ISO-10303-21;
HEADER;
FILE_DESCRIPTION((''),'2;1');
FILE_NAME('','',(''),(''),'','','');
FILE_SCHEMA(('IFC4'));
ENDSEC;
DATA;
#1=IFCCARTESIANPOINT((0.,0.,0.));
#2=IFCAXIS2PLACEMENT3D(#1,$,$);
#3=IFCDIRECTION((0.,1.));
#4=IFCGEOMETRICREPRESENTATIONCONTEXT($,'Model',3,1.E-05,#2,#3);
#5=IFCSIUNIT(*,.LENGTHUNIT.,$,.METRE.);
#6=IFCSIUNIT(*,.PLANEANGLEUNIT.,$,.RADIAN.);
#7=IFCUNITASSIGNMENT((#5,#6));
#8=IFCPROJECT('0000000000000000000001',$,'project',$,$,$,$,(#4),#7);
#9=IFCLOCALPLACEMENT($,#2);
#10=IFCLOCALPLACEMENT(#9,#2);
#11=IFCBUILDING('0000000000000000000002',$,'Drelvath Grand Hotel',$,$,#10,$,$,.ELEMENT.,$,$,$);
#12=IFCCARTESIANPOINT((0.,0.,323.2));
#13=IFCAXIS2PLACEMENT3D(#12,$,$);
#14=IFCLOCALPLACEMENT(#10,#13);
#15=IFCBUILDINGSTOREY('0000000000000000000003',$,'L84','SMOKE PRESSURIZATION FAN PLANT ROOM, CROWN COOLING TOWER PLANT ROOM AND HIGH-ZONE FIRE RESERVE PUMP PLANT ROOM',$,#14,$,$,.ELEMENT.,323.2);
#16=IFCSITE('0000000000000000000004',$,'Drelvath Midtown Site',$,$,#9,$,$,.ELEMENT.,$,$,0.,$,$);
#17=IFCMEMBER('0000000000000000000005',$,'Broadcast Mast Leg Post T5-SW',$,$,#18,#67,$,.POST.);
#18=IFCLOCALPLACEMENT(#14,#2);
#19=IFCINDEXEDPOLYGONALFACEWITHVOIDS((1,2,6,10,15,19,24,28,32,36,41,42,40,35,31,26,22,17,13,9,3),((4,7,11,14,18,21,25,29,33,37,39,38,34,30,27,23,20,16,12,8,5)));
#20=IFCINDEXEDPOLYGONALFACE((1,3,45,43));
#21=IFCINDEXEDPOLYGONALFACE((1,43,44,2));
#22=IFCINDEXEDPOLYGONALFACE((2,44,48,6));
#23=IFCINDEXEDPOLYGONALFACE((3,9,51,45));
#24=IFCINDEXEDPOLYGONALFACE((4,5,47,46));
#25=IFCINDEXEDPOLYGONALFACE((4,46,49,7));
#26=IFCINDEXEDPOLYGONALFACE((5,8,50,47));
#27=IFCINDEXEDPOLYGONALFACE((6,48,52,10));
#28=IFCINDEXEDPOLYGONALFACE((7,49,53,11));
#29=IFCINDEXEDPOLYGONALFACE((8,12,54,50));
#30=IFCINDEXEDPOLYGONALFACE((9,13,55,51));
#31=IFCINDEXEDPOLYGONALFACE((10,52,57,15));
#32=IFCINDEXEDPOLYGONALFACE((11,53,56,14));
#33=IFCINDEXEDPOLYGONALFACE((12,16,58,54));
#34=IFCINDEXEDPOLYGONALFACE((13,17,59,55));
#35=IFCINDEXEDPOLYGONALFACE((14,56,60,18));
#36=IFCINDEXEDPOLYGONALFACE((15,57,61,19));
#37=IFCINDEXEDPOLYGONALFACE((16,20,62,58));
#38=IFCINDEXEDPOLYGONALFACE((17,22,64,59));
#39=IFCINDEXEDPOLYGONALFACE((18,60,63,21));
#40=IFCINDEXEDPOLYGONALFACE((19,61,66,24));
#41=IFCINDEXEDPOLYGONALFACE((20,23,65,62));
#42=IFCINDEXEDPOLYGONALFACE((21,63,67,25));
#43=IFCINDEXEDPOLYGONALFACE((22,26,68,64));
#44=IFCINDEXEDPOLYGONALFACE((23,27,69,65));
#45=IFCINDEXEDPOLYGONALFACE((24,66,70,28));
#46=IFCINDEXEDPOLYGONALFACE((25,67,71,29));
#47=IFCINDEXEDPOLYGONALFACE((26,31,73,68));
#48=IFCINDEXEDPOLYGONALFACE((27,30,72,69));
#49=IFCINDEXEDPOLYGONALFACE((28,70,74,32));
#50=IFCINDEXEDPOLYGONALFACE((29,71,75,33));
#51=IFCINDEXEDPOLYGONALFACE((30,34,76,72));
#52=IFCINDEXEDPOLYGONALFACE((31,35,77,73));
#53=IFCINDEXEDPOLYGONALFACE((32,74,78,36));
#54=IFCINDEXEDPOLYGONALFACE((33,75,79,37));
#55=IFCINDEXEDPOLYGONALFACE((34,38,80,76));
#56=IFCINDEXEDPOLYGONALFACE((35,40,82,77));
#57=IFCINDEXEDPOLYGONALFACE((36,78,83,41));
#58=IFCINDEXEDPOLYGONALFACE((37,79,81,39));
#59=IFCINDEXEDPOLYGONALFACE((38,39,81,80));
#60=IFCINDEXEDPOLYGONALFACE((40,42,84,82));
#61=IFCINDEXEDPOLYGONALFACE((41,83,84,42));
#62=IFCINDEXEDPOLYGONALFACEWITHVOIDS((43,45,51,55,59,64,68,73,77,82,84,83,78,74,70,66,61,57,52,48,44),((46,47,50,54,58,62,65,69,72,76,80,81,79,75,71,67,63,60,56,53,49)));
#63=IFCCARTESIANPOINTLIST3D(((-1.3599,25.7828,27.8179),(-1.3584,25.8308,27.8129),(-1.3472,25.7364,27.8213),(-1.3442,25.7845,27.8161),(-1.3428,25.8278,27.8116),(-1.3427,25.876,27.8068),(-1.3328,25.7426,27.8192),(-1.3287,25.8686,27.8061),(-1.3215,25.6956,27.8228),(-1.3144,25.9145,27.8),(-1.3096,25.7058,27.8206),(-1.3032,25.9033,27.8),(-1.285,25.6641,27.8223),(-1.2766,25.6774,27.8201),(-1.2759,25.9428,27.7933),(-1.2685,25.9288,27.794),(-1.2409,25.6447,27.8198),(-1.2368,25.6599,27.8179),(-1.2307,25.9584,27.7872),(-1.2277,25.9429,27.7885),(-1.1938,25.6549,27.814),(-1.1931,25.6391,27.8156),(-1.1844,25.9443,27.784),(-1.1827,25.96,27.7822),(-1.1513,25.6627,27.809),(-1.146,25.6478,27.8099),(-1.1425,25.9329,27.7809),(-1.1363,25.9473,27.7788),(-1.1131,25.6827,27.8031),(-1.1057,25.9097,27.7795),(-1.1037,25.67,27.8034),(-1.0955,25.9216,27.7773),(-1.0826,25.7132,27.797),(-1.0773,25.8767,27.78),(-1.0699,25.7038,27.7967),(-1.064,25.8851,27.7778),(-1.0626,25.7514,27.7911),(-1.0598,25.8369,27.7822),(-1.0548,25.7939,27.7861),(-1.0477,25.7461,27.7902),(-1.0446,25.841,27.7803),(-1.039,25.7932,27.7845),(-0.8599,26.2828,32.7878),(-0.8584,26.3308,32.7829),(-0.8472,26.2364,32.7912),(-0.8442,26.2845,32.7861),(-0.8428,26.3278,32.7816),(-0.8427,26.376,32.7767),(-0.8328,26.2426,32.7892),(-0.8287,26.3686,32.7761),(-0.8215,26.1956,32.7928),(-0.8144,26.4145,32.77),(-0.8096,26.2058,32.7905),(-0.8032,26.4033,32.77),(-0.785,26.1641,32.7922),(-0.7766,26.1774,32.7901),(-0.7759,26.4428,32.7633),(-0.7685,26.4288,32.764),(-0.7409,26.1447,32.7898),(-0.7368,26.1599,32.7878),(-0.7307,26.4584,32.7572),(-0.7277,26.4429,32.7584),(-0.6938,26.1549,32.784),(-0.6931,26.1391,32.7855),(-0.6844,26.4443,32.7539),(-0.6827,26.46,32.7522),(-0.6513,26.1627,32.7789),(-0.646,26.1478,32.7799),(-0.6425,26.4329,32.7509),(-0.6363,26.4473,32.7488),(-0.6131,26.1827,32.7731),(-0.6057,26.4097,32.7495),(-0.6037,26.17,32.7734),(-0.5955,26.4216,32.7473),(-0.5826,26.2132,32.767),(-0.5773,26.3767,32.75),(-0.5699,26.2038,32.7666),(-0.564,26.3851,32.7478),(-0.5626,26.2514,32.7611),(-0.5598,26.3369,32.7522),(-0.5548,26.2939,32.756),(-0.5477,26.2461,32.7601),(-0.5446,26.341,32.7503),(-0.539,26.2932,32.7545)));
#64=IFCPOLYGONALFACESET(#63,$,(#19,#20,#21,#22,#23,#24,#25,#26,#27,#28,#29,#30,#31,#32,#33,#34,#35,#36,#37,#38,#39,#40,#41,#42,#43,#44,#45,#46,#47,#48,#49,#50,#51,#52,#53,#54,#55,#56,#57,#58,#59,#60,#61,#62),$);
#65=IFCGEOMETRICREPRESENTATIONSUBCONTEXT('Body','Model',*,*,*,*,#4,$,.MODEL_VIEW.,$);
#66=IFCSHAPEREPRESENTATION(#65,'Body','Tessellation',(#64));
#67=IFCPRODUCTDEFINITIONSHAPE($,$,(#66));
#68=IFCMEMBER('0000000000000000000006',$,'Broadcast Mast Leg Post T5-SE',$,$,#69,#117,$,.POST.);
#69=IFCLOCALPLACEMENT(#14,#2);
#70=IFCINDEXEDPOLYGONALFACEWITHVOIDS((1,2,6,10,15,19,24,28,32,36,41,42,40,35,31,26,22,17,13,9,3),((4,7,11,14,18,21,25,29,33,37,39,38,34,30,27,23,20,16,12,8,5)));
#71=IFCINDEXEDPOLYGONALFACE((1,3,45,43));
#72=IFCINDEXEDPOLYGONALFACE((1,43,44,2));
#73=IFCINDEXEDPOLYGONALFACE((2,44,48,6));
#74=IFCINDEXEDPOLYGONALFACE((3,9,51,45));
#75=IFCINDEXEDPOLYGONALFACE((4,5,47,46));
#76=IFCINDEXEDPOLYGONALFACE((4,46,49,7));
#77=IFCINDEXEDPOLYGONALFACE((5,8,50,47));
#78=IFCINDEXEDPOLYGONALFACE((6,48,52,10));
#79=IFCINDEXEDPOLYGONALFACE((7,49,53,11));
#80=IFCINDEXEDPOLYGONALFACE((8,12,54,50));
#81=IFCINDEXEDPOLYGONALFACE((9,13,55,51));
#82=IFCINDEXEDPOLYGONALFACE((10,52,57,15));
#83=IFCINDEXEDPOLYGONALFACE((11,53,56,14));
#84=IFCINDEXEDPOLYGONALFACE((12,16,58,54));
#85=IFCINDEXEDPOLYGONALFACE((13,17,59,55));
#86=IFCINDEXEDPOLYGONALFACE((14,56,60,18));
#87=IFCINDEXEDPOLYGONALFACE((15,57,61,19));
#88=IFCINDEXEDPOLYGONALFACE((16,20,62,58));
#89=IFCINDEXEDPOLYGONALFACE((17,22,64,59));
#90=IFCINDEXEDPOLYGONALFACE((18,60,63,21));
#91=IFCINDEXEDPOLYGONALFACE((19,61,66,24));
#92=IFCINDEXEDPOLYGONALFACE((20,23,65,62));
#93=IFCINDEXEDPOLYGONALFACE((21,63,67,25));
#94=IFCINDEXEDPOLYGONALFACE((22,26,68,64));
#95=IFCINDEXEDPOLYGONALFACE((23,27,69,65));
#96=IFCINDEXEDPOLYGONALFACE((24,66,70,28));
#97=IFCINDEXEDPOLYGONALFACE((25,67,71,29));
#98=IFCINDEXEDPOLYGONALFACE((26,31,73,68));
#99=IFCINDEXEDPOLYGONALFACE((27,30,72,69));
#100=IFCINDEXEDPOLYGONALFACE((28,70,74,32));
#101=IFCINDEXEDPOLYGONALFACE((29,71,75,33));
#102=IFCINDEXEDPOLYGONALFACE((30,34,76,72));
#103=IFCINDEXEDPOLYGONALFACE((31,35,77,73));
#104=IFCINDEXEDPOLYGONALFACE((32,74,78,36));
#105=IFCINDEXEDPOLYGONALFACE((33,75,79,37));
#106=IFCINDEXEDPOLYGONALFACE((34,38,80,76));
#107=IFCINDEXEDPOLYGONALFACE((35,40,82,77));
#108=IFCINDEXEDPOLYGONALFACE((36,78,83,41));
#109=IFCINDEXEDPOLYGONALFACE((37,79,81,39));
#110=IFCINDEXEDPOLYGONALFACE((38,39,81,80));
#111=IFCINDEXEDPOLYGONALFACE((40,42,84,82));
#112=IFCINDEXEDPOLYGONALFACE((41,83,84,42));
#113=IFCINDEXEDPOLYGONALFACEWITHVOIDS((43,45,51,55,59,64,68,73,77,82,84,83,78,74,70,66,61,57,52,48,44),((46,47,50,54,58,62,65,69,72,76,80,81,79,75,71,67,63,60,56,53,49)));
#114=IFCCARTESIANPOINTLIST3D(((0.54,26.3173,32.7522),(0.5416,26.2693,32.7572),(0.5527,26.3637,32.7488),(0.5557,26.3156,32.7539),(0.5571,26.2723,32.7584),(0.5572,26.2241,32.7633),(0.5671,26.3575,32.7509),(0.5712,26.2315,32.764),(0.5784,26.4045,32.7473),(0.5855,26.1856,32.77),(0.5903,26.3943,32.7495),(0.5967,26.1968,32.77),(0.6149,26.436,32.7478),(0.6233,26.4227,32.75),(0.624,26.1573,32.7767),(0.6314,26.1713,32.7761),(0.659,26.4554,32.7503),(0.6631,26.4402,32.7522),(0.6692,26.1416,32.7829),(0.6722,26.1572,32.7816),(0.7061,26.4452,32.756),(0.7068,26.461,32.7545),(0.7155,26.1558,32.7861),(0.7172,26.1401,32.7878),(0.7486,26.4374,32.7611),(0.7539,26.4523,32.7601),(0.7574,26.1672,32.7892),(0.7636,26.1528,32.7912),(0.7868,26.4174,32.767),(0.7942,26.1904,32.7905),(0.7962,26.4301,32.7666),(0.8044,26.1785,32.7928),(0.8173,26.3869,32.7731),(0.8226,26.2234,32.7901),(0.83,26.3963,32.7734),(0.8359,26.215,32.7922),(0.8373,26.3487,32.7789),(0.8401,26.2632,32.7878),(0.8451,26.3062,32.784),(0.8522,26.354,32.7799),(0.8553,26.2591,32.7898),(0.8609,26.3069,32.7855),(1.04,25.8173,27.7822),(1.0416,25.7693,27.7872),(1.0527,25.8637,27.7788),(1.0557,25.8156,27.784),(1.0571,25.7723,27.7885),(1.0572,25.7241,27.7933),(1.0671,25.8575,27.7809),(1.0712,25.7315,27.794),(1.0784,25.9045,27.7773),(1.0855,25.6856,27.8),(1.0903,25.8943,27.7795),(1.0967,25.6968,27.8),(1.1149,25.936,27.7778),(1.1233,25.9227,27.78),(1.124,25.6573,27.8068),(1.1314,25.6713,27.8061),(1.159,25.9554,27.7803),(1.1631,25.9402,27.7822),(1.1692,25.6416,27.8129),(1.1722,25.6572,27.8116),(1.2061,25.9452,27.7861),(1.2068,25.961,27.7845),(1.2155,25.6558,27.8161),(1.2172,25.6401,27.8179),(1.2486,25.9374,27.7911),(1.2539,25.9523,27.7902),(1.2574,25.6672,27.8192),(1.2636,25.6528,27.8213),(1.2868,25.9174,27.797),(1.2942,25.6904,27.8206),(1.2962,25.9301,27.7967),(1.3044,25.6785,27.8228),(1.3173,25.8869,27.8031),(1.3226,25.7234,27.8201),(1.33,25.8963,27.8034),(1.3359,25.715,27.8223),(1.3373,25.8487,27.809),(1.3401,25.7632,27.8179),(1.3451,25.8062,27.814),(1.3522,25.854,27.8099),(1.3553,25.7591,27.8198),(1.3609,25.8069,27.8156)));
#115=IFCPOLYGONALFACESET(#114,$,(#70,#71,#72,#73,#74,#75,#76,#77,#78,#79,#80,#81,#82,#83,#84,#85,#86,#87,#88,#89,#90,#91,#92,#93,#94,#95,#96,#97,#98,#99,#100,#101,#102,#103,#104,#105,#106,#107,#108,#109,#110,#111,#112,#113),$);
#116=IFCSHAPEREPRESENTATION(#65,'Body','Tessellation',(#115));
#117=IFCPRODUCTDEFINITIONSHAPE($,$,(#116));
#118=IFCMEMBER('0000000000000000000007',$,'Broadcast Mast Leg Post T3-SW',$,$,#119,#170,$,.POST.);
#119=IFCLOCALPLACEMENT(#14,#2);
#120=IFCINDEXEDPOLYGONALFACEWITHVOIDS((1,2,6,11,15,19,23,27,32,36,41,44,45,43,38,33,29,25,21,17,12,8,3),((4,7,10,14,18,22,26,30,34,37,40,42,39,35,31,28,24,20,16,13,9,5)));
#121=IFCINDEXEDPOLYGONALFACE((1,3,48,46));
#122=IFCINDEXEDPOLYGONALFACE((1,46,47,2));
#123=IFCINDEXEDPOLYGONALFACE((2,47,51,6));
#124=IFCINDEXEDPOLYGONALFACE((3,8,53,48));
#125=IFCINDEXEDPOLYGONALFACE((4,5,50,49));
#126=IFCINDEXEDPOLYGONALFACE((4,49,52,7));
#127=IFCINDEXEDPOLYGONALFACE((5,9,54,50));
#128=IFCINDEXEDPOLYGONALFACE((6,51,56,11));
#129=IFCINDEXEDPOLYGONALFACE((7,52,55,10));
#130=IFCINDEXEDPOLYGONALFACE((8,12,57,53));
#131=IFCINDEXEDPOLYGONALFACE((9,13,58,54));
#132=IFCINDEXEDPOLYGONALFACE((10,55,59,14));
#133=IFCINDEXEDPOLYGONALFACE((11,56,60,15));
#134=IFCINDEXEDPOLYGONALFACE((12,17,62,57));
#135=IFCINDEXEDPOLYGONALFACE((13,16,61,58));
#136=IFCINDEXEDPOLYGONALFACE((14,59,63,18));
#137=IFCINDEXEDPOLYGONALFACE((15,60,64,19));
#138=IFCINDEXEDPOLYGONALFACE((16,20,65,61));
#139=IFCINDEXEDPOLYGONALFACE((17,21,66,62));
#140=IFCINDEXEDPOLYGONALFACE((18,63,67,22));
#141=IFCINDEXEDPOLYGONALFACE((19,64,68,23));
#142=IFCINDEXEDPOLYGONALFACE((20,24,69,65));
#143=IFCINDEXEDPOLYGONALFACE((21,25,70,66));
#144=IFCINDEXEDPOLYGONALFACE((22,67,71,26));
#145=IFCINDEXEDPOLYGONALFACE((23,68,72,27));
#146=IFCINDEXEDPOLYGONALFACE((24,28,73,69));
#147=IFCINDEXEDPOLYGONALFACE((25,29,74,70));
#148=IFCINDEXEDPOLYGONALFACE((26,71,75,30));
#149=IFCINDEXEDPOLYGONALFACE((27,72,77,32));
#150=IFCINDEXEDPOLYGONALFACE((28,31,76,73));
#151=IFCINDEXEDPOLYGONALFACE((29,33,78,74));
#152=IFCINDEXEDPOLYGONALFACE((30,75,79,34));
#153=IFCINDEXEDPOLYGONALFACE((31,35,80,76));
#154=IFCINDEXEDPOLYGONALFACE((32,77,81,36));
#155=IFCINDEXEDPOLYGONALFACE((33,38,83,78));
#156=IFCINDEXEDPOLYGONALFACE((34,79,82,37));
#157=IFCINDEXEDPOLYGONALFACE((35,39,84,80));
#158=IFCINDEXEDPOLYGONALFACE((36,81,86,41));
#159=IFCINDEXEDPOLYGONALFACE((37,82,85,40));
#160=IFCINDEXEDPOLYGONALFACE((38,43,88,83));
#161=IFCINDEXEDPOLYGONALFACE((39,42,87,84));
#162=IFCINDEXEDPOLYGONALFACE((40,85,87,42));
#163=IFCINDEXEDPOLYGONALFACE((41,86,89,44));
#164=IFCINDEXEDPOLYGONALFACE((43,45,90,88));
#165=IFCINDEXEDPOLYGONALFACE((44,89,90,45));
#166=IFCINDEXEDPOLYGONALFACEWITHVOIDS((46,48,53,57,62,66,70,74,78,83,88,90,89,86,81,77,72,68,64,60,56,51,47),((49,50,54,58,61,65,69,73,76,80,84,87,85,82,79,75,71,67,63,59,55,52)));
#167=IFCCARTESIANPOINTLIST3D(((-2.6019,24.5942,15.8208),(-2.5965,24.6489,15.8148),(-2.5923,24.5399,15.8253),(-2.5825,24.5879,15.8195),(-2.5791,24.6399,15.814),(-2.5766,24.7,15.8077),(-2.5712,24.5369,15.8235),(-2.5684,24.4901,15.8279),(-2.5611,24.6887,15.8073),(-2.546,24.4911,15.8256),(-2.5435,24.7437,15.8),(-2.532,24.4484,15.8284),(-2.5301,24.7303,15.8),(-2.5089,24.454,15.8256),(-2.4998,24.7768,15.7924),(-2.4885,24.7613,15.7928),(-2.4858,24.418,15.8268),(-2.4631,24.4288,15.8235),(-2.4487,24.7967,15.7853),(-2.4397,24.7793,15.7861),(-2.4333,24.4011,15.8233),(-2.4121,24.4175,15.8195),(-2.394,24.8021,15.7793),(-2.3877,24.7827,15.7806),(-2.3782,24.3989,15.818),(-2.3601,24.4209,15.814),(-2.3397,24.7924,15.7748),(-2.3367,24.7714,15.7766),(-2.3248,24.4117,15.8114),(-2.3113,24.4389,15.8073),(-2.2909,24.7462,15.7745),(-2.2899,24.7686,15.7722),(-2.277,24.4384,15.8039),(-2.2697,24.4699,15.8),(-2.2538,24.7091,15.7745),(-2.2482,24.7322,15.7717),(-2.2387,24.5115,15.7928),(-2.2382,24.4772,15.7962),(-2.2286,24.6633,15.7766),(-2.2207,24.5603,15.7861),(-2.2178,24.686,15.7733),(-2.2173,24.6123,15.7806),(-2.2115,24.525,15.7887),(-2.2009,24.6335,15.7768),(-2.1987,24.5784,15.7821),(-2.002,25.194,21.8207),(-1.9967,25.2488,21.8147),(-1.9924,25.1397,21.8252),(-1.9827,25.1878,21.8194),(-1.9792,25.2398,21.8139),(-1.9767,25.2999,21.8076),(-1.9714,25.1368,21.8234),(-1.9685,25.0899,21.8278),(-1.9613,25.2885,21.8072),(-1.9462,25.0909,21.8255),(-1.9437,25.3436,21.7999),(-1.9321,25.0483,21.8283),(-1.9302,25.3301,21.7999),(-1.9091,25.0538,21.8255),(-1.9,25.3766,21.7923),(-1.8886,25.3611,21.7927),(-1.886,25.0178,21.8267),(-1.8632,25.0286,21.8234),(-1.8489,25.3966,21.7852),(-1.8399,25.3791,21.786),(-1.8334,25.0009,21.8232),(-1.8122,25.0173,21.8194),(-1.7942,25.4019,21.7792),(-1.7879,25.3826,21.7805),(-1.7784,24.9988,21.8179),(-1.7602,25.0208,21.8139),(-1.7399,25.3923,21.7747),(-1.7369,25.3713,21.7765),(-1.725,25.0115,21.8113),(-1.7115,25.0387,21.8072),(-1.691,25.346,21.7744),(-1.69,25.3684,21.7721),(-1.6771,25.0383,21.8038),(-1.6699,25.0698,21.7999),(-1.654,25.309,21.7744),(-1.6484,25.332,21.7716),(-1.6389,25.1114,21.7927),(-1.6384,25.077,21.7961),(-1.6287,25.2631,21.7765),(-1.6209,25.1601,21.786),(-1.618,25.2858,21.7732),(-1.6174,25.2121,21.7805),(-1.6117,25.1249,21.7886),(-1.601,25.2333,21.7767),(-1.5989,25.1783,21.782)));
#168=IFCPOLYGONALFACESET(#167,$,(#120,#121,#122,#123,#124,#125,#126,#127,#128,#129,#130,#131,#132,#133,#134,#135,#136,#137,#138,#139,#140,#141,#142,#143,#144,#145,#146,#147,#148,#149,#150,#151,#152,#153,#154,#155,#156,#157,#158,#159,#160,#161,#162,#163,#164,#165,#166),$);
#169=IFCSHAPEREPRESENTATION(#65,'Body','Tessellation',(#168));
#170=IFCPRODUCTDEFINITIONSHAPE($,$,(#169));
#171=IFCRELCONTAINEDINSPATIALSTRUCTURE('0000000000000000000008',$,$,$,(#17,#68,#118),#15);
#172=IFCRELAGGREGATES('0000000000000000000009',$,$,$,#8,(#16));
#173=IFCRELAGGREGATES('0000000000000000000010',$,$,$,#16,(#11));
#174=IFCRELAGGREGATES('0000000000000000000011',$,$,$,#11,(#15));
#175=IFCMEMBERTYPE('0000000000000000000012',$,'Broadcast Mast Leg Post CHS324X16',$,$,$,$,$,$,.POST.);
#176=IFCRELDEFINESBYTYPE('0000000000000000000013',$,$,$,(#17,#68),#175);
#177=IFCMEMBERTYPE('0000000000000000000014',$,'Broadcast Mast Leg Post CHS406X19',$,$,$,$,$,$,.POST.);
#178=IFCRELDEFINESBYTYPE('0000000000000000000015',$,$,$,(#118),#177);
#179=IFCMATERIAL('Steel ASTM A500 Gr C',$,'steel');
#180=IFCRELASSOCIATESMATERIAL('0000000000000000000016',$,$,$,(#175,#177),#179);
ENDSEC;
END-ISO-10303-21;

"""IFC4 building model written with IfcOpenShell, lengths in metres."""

from ifc_helpers import new_model, si_unit, direction, frame, origin, origin_2d, place, context, subcontext, project, spatial, hollow_circle, extrude, material, material_profile, profile_set, type_object, element, save


model = new_model("IFC4")

# Units and contexts
model_context = context("Model", 3, precision=1e-05, world=origin(), true_north=direction((0.0, 1.0)))
body_context = subcontext(model_context, "Body", "Model", "MODEL_VIEW")
ifc_project = project(units=[si_unit("LENGTHUNIT", "METRE"), si_unit("PLANEANGLEUNIT", "RADIAN")], contexts=[model_context])

# Site, building, storey
site_placement = place(None, origin())
site = spatial("IfcSite", under=ifc_project, at=site_placement, Name="Drelvath Midtown Site", CompositionType="ELEMENT", RefElevation=0.0)
building_placement = place(site_placement, origin())
building = spatial("IfcBuilding", under=site, at=building_placement, Name="Drelvath Grand Hotel", CompositionType="ELEMENT")
storey_placement = place(building_placement, frame((0.0, 0.0, 323.2)))
storey = spatial("IfcBuildingStorey", under=building, at=storey_placement, Name="L84", Description="SMOKE PRESSURIZATION FAN PLANT ROOM, CROWN COOLING TOWER PLANT ROOM AND HIGH-ZONE FIRE RESERVE PUMP PLANT ROOM", CompositionType="ELEMENT", Elevation=323.2)

# Members
ifc_material_1 = material(Name="Steel ASTM A500 Gr C", Category="steel")
ifc_material_profile_1 = material_profile(ifc_material_1, hollow_circle(Radius=0.1619, WallThickness=0.0159, at=origin_2d()), Name="CHS324X16")
ifc_profile_set_1 = profile_set([ifc_material_profile_1], Name="Steel ASTM A500 Gr C")
member_type_1 = type_object("IfcMemberType", Name="Broadcast Mast Leg Post CHS324X16", PredefinedType="POST", material=ifc_profile_set_1)
for number, where, z_axis, x_axis, name in (
    (1, (-1.2, 25.8, 27.8), (0.099601, 0.099601, 0.99003), (-0.707107, 0.707107, 0.0), "Broadcast Mast Leg Post T5-SW"),
    (2, (1.2, 25.8, 27.8), (-0.099601, 0.099601, 0.99003), (-0.707107, -0.707107, 0.0), "Broadcast Mast Leg Post T5-SE"),
):
    element("IfcMember", number, at=place(storey_placement, frame(where, z_axis=z_axis, x_axis=x_axis)), inside=storey, type_object=member_type_1, Name=name, PredefinedType="POST", context=body_context, shape_type="SweptSolid", body=[
        extrude(hollow_circle(Radius=0.1619, WallThickness=0.0159, at=origin_2d()), origin(), (0.0, 0.0, 1.0), 5.02),
    ])
ifc_material_profile_2 = material_profile(ifc_material_1, hollow_circle(Radius=0.2031, WallThickness=0.019, at=origin_2d()), Name="CHS406X19")
ifc_profile_set_2 = profile_set([ifc_material_profile_2], Name="Steel ASTM A500 Gr C")
member_type_2 = type_object("IfcMemberType", Name="Broadcast Mast Leg Post CHS406X19", PredefinedType="POST", material=ifc_profile_set_2)
for number, where, z_axis, x_axis, name in (
    (3, (-2.3999, 24.6001, 15.8), (0.098991, 0.098991, 0.990152), (-0.707107, 0.707107, 0.0), "Broadcast Mast Leg Post T3-SW"),
):
    element("IfcMember", number, at=place(storey_placement, frame(where, z_axis=z_axis, x_axis=x_axis)), inside=storey, type_object=member_type_2, Name=name, PredefinedType="POST", context=body_context, shape_type="SweptSolid", body=[
        extrude(hollow_circle(Radius=0.2031, WallThickness=0.019, at=origin_2d()), origin(), (0.0, 0.0, 1.0), 6.0596),
    ])

save(model, "model.ifc")
